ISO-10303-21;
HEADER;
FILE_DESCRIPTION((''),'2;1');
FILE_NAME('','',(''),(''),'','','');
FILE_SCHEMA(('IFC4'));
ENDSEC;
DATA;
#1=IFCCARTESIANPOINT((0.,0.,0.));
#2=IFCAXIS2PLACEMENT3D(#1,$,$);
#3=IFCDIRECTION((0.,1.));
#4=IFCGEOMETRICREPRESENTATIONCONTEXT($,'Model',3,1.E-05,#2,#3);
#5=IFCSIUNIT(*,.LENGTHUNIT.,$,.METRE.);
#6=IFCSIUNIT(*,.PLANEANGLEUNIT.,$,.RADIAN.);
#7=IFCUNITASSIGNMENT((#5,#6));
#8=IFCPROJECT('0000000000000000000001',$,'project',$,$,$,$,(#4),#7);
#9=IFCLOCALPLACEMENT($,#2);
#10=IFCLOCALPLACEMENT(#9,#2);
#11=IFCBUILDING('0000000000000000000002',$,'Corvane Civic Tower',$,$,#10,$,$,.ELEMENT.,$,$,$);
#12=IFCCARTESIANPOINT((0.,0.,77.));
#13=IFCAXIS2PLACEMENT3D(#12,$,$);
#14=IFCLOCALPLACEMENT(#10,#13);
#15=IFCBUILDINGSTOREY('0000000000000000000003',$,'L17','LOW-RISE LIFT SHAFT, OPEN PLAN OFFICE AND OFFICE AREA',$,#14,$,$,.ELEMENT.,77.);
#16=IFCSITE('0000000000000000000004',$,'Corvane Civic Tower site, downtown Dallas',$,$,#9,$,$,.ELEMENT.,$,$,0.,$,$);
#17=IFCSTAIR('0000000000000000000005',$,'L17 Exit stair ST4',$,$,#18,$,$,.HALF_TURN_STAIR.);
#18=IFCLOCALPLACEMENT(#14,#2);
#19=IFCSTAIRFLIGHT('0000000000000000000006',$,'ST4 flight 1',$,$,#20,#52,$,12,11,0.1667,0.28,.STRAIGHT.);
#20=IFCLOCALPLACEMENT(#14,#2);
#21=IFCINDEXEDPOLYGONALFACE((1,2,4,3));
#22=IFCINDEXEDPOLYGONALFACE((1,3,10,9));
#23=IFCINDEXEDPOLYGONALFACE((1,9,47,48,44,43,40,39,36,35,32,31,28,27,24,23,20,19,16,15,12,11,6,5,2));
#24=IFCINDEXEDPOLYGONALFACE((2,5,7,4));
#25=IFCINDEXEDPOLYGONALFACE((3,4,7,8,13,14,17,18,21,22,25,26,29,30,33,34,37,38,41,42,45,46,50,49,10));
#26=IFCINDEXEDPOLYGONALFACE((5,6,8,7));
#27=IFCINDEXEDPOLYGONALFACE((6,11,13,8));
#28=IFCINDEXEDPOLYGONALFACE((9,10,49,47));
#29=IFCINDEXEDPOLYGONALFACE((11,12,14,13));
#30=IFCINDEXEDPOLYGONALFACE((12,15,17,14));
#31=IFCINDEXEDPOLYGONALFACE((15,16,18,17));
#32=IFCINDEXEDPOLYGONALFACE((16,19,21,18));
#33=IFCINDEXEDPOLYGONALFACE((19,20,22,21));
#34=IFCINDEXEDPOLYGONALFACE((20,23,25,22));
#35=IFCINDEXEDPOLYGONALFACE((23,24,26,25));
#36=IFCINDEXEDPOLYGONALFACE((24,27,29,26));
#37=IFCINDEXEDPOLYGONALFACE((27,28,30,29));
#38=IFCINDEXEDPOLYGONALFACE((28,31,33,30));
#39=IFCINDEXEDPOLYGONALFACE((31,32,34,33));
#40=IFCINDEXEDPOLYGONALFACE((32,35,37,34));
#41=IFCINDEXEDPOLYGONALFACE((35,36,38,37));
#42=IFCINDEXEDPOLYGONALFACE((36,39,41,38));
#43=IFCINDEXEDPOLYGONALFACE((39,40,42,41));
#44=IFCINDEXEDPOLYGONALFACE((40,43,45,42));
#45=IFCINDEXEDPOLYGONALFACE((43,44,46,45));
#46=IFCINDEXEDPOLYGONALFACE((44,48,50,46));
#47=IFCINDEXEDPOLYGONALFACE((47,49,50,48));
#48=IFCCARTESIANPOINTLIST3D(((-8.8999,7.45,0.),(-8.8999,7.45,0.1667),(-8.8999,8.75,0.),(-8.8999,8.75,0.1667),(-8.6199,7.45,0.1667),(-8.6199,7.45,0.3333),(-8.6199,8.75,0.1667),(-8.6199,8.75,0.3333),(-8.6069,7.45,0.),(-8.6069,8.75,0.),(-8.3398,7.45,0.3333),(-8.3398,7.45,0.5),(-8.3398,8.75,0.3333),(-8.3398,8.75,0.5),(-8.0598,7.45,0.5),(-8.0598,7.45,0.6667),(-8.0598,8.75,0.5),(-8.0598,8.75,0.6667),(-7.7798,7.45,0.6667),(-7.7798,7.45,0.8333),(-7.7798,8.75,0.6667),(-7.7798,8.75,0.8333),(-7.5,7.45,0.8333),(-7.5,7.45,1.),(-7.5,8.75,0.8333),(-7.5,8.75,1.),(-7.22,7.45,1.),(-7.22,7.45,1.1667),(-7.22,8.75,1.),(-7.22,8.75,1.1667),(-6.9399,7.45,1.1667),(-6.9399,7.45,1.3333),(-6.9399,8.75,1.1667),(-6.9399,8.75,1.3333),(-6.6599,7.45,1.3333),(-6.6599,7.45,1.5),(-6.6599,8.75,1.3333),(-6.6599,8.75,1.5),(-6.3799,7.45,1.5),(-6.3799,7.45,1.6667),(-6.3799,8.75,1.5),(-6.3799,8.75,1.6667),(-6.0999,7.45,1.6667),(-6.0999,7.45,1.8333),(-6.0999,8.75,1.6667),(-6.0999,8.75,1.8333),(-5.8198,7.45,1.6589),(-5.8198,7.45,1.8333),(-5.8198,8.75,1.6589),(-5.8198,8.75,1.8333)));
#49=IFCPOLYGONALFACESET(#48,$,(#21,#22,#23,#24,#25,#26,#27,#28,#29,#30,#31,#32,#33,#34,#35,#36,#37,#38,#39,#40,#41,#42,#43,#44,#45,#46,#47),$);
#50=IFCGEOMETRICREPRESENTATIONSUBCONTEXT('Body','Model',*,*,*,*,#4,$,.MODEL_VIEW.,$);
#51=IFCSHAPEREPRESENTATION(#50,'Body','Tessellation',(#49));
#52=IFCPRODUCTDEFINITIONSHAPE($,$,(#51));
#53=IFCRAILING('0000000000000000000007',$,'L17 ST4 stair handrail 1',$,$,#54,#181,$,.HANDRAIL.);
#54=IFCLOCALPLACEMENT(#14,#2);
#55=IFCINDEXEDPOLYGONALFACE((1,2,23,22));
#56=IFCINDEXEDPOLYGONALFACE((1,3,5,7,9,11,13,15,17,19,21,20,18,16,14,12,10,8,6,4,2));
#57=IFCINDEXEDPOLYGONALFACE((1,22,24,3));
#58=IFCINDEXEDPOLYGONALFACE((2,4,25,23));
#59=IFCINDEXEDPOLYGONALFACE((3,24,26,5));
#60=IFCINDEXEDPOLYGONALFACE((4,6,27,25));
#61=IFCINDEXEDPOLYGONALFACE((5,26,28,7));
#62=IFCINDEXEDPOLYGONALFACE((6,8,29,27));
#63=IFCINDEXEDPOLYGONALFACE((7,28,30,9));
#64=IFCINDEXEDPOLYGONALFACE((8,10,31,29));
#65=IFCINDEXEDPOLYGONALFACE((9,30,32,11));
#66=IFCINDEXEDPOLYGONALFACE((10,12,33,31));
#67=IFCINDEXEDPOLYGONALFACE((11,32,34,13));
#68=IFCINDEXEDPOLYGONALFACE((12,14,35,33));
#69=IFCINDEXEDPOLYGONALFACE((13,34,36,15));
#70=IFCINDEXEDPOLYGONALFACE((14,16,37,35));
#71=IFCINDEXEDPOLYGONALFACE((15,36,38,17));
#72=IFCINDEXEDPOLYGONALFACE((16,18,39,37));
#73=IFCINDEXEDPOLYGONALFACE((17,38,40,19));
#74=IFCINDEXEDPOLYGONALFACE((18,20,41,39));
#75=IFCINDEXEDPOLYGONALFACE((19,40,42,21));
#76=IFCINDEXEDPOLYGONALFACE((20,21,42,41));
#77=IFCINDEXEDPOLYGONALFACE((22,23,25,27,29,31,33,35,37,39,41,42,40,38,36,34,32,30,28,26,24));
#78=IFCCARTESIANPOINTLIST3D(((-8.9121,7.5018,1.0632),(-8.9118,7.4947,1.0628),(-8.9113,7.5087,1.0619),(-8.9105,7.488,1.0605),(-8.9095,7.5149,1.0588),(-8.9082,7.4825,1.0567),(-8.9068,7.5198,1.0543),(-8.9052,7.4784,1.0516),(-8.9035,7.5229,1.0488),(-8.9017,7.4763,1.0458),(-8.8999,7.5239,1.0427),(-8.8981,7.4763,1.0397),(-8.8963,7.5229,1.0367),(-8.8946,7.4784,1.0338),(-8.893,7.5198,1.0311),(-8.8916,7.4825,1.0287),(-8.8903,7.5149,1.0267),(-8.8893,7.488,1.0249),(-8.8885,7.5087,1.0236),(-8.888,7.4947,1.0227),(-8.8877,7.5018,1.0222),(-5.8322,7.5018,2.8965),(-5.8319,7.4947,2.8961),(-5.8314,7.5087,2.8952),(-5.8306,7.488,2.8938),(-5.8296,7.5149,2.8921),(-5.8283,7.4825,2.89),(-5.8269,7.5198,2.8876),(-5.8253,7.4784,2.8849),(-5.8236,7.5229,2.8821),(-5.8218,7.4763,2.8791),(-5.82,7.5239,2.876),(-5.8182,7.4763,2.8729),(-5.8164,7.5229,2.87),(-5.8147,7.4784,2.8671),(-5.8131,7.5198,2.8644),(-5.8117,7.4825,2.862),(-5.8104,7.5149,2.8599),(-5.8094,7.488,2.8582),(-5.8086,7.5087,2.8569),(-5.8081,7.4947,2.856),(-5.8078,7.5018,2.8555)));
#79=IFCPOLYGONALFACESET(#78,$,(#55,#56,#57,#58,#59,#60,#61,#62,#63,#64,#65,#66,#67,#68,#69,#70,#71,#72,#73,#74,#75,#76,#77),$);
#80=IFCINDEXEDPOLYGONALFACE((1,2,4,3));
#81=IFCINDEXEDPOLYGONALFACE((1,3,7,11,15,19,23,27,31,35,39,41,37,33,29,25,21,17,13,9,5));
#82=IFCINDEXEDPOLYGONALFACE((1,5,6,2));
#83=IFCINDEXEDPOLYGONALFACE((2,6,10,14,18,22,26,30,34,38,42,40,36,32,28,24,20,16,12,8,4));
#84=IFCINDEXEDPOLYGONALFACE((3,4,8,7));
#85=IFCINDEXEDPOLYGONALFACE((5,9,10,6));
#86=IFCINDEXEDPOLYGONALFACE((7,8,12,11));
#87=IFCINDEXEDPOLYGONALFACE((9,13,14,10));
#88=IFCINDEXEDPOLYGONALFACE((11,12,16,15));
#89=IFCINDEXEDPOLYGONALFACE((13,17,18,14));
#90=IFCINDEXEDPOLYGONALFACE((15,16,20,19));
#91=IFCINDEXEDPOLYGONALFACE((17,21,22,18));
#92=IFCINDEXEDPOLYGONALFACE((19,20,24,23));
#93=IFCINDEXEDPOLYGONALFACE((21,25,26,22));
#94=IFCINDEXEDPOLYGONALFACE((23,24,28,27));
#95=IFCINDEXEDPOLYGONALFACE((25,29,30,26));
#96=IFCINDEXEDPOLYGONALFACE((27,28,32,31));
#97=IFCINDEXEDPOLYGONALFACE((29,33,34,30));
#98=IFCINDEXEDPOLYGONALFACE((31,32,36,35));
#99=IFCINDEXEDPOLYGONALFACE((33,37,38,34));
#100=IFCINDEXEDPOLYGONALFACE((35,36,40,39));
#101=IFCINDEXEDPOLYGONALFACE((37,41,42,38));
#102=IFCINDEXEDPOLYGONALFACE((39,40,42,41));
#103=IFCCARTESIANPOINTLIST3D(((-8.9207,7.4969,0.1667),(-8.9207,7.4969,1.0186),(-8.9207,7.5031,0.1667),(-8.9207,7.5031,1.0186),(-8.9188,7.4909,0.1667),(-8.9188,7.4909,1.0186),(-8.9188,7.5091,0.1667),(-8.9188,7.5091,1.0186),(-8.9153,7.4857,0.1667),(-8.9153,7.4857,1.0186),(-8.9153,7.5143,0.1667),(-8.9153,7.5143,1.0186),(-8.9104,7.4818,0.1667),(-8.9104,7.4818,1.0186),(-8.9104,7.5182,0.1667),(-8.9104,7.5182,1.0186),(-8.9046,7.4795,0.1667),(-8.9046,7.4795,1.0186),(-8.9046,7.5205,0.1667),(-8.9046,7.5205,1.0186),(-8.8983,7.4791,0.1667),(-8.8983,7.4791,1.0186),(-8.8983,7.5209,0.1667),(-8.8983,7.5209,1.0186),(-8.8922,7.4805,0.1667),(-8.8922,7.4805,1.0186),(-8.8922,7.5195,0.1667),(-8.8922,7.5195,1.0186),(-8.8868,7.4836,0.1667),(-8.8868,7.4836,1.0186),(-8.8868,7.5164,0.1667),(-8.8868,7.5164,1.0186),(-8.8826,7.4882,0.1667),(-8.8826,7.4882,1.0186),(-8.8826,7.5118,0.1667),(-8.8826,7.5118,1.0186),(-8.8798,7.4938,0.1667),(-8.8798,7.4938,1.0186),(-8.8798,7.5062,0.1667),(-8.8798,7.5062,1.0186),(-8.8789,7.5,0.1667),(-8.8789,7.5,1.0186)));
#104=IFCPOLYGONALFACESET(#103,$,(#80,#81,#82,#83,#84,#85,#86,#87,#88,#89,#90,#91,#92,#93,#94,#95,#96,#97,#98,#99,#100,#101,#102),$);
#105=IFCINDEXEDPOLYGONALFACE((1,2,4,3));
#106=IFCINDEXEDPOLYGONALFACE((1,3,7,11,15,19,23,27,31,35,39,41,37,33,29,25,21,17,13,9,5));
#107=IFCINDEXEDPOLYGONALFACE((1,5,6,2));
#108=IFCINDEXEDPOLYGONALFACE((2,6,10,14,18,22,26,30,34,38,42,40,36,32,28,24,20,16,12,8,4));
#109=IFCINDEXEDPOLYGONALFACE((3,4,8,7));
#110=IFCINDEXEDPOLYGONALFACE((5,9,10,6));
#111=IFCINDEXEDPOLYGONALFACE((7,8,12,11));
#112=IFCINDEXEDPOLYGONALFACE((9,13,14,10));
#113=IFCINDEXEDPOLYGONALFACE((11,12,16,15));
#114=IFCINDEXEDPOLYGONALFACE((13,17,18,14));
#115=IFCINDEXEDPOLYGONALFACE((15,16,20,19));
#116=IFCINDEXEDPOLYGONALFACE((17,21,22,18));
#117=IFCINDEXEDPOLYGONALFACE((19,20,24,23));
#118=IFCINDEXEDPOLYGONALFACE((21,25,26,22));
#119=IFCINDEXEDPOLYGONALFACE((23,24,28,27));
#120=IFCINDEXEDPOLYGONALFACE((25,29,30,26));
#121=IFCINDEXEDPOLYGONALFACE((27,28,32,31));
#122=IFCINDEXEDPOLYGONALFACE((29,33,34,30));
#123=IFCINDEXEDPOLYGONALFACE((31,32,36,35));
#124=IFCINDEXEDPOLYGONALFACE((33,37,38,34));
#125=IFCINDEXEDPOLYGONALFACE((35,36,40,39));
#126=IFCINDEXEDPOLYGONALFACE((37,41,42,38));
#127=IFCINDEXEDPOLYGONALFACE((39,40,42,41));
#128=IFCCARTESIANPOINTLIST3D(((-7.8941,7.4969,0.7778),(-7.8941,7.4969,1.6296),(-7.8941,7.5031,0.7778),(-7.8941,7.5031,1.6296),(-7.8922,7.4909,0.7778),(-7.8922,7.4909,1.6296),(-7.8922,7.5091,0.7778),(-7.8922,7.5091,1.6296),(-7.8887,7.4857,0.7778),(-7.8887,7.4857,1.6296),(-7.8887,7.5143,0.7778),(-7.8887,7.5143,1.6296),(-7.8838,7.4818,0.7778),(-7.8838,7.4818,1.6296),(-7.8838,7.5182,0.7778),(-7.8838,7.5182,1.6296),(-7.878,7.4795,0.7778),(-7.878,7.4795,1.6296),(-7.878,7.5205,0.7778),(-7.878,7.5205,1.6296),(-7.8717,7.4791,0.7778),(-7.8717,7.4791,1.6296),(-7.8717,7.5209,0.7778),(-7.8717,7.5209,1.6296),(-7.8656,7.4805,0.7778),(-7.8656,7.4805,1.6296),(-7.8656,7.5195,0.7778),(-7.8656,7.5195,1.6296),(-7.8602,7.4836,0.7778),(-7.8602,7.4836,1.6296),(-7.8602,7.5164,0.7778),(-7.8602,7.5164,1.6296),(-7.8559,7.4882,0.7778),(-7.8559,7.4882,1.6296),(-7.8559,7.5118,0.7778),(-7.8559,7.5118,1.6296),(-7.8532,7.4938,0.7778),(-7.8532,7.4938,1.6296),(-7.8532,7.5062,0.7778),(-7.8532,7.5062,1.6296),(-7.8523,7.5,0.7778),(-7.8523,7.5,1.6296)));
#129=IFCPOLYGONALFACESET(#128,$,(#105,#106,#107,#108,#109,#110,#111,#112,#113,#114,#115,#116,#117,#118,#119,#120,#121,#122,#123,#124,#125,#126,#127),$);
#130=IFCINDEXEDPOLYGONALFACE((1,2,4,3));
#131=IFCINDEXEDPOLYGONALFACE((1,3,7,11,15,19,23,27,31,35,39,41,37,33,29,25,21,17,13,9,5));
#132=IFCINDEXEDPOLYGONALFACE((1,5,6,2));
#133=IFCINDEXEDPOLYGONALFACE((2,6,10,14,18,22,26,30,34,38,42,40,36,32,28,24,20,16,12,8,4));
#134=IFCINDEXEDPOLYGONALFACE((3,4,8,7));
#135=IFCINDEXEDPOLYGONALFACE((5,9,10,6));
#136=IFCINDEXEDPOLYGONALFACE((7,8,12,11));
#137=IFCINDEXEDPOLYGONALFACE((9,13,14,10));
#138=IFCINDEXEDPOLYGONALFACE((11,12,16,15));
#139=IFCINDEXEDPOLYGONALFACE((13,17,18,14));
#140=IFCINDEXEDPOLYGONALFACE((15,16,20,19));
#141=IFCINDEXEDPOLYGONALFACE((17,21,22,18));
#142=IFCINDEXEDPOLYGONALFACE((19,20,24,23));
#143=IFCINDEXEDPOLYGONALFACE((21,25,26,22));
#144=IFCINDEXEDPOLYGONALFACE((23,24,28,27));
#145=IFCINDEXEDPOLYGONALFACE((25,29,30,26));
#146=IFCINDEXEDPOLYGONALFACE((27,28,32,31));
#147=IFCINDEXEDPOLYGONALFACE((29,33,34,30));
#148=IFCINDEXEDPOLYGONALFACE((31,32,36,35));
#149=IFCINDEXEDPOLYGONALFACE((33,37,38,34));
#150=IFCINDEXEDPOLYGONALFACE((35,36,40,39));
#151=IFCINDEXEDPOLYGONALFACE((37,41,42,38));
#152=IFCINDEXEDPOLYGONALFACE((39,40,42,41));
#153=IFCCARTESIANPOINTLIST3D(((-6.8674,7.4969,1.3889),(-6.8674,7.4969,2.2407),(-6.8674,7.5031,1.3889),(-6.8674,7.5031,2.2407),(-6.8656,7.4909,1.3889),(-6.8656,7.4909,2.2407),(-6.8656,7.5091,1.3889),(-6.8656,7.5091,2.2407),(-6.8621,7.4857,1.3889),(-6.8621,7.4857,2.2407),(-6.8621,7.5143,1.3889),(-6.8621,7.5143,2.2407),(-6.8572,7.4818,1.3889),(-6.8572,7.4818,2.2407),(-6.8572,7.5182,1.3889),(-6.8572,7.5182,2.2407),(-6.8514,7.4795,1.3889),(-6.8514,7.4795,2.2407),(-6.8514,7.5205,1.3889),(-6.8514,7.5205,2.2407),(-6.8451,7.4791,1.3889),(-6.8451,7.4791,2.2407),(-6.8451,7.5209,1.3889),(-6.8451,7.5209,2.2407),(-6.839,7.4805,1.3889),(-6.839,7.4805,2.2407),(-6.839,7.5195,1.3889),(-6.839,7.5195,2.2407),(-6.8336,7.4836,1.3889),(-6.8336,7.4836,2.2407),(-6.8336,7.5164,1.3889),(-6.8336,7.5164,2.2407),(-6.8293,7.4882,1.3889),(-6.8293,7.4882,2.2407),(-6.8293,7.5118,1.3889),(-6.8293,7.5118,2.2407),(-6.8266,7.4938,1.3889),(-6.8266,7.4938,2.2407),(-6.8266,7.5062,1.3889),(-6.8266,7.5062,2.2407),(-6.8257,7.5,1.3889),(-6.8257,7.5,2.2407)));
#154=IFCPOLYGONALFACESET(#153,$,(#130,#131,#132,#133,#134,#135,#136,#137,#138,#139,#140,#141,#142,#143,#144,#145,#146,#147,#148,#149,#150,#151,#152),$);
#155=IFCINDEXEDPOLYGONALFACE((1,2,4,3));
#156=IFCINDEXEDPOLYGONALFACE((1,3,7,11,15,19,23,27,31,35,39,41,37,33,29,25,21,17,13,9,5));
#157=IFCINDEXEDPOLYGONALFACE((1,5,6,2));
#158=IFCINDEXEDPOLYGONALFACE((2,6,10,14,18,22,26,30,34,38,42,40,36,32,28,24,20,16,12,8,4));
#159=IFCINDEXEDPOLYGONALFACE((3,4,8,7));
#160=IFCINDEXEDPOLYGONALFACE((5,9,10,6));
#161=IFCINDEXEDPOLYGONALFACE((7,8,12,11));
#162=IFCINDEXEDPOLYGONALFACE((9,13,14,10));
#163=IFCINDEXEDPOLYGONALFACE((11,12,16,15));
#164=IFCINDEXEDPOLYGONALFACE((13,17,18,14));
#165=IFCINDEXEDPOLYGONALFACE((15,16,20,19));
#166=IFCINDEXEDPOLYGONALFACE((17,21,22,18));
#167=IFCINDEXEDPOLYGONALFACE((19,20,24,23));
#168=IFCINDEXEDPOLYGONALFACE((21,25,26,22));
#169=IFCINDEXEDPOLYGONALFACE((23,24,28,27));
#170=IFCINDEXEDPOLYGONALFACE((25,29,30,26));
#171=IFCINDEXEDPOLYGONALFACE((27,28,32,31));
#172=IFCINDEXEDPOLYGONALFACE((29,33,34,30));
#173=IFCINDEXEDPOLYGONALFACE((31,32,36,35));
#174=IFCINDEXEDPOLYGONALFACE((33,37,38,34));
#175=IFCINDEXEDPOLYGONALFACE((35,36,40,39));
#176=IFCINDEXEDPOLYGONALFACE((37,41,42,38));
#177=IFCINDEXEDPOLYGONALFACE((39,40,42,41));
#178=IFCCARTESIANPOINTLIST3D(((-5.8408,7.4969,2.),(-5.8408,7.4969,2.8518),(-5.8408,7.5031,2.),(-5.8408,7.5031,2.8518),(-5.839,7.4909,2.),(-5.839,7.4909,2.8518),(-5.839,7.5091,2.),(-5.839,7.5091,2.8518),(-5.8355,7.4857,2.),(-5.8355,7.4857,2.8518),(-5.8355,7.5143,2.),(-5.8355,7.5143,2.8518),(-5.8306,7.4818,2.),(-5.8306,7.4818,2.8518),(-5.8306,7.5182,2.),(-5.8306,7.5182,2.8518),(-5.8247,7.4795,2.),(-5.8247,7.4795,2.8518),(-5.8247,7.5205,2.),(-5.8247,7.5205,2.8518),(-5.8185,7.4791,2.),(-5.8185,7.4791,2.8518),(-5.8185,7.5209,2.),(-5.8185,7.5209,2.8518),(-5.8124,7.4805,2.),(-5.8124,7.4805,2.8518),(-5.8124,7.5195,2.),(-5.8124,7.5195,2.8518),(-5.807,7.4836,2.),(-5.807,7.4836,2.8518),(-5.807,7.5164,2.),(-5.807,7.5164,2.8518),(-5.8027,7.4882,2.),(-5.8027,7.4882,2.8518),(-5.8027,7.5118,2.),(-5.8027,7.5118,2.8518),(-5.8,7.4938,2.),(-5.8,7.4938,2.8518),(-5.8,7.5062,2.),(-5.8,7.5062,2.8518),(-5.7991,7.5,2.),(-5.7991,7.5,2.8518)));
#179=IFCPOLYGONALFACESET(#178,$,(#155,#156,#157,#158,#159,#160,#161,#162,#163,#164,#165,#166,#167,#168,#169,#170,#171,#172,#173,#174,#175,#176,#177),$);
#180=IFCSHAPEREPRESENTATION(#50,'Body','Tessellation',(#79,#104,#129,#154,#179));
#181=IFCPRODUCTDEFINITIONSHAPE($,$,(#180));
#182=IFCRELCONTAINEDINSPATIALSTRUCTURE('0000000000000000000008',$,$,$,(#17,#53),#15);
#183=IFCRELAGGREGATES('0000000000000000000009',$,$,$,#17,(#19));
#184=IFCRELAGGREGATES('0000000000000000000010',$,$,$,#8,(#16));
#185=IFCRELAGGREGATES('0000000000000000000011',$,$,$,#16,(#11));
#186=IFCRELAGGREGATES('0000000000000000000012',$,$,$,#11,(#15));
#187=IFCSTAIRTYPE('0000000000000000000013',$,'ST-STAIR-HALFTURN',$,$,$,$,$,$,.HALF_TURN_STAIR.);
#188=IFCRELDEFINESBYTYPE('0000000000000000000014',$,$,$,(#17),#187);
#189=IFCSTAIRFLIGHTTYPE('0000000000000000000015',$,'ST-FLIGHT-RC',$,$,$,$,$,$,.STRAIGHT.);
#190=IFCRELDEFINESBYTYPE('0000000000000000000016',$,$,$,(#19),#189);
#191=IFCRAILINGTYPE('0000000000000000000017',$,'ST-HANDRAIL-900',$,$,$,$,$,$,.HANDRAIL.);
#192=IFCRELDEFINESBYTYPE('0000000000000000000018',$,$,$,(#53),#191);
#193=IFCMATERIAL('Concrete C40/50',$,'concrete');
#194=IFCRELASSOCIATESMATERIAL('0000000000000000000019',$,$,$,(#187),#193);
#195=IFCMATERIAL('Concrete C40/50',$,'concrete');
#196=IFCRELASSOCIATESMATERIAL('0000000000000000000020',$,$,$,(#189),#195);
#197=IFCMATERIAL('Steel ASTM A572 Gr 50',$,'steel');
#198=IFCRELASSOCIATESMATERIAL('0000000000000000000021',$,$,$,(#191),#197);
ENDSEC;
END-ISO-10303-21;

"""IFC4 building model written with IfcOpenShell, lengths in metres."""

from ifc_helpers import new_model, si_unit, direction, frame, origin, origin_2d, place, context, subcontext, project, spatial, polyline, circle, outline, extrude, material, type_object, element, aggregate, save


model = new_model("IFC4")

# Units and contexts
model_context = context("Model", 3, precision=1e-05, world=origin(), true_north=direction((0.0, 1.0)))
body_context = subcontext(model_context, "Body", "Model", "MODEL_VIEW")
ifc_project = project(units=[si_unit("LENGTHUNIT", "METRE"), si_unit("PLANEANGLEUNIT", "RADIAN")], contexts=[model_context])

# Site, building, storey
site_placement = place(None, origin())
site = spatial("IfcSite", under=ifc_project, at=site_placement, Name="Corvane Civic Tower site, downtown Dallas", CompositionType="ELEMENT", RefElevation=0.0)
building_placement = place(site_placement, origin())
building = spatial("IfcBuilding", under=site, at=building_placement, Name="Corvane Civic Tower", CompositionType="ELEMENT")
storey_placement = place(building_placement, frame((0.0, 0.0, 77.0)))
storey = spatial("IfcBuildingStorey", under=building, at=storey_placement, Name="L17", Description="LOW-RISE LIFT SHAFT, OPEN PLAN OFFICE AND OFFICE AREA", CompositionType="ELEMENT", Elevation=77.0)

# Stair, stair flight
ifc_material_1 = material(Name="Concrete C40/50", Category="concrete")
stair_type = type_object("IfcStairType", Name="ST-STAIR-HALFTURN", PredefinedType="HALF_TURN_STAIR", material=ifc_material_1)
stair_placement = place(storey_placement, origin())
stair = element("IfcStair", 1, at=stair_placement, inside=storey, type_object=stair_type, Name="L17 Exit stair ST4", PredefinedType="HALF_TURN_STAIR")
ifc_material_2 = material(Name="Concrete C40/50", Category="concrete")
stair_flight_type = type_object("IfcStairFlightType", Name="ST-FLIGHT-RC", PredefinedType="STRAIGHT", material=ifc_material_2)
stair_flight_placement = place(storey_placement, frame((-8.8999, 8.1001, 0.0), z_axis=(0.0, 0.0, 1.0), x_axis=(1.0, 0.0, 0.0)))
stair_flight = element("IfcStairFlight", 2, at=stair_flight_placement, type_object=stair_flight_type, Name="ST4 flight 1", NumberOfRisers=12, NumberOfTreads=11, PredefinedType="STRAIGHT", RiserHeight=0.1667, TreadLength=0.28, context=body_context, shape_type="SweptSolid", body=[
    extrude(outline(polyline([(0.0, 0.0), (0.0, 0.1667), (0.28, 0.1667), (0.28, 0.3333), (0.5601, 0.3333), (0.5601, 0.5), (0.8401, 0.5), (0.8401, 0.6667), (1.1201, 0.6667), (1.1201, 0.8333), (1.3999, 0.8333), (1.3999, 1.0), (1.6799, 1.0), (1.6799, 1.1667), (1.96, 1.1667), (1.96, 1.3333), (2.24, 1.3333), (2.24, 1.5), (2.52, 1.5), (2.52, 1.6667), (2.8, 1.6667), (2.8, 1.8333), (3.0801, 1.8333), (3.0801, 2.0), (3.0801, 1.6589), (0.293, 0.0), (0.0, 0.0)])), frame((0.0, 0.6499, 0.0), z_axis=(0.0, -1.0, 0.0), x_axis=(1.0, 0.0, 0.0)), (0.0, 0.0, 1.0), 1.3),
])
aggregate(stair, [stair_flight])

# Railing
ifc_material_3 = material(Name="Steel ASTM A572 Gr 50", Category="steel")
railing_type = type_object("IfcRailingType", Name="ST-HANDRAIL-900", PredefinedType="HANDRAIL", material=ifc_material_3)
railing_placement = place(storey_placement, frame((-8.8999, 7.5, 0.1667)))
element("IfcRailing", 3, at=railing_placement, inside=storey, type_object=railing_type, Name="L17 ST4 stair handrail 1", PredefinedType="HANDRAIL", context=body_context, shape_type="SweptSolid", body=[
    extrude(circle(Radius=0.0239, at=origin_2d()), frame((0.0, 0.0, 0.876), z_axis=(0.859291, 0.0, 0.511487), x_axis=(0.0, 1.0, 0.0)), (0.0, 0.0, 1.0), 3.5842),
    extrude(circle(Radius=0.021, at=origin_2d()), origin(), (0.0, 0.0, 1.0), 0.8518),
    extrude(circle(Radius=0.021, at=origin_2d()), frame((1.0266, 0.0, 0.6111)), (0.0, 0.0, 1.0), 0.8518),
    extrude(circle(Radius=0.021, at=origin_2d()), frame((2.0532, 0.0, 1.2222)), (0.0, 0.0, 1.0), 0.8518),
    extrude(circle(Radius=0.021, at=origin_2d()), frame((3.0798, 0.0, 1.8333)), (0.0, 0.0, 1.0), 0.8518),
])

save(model, "model.ifc")
